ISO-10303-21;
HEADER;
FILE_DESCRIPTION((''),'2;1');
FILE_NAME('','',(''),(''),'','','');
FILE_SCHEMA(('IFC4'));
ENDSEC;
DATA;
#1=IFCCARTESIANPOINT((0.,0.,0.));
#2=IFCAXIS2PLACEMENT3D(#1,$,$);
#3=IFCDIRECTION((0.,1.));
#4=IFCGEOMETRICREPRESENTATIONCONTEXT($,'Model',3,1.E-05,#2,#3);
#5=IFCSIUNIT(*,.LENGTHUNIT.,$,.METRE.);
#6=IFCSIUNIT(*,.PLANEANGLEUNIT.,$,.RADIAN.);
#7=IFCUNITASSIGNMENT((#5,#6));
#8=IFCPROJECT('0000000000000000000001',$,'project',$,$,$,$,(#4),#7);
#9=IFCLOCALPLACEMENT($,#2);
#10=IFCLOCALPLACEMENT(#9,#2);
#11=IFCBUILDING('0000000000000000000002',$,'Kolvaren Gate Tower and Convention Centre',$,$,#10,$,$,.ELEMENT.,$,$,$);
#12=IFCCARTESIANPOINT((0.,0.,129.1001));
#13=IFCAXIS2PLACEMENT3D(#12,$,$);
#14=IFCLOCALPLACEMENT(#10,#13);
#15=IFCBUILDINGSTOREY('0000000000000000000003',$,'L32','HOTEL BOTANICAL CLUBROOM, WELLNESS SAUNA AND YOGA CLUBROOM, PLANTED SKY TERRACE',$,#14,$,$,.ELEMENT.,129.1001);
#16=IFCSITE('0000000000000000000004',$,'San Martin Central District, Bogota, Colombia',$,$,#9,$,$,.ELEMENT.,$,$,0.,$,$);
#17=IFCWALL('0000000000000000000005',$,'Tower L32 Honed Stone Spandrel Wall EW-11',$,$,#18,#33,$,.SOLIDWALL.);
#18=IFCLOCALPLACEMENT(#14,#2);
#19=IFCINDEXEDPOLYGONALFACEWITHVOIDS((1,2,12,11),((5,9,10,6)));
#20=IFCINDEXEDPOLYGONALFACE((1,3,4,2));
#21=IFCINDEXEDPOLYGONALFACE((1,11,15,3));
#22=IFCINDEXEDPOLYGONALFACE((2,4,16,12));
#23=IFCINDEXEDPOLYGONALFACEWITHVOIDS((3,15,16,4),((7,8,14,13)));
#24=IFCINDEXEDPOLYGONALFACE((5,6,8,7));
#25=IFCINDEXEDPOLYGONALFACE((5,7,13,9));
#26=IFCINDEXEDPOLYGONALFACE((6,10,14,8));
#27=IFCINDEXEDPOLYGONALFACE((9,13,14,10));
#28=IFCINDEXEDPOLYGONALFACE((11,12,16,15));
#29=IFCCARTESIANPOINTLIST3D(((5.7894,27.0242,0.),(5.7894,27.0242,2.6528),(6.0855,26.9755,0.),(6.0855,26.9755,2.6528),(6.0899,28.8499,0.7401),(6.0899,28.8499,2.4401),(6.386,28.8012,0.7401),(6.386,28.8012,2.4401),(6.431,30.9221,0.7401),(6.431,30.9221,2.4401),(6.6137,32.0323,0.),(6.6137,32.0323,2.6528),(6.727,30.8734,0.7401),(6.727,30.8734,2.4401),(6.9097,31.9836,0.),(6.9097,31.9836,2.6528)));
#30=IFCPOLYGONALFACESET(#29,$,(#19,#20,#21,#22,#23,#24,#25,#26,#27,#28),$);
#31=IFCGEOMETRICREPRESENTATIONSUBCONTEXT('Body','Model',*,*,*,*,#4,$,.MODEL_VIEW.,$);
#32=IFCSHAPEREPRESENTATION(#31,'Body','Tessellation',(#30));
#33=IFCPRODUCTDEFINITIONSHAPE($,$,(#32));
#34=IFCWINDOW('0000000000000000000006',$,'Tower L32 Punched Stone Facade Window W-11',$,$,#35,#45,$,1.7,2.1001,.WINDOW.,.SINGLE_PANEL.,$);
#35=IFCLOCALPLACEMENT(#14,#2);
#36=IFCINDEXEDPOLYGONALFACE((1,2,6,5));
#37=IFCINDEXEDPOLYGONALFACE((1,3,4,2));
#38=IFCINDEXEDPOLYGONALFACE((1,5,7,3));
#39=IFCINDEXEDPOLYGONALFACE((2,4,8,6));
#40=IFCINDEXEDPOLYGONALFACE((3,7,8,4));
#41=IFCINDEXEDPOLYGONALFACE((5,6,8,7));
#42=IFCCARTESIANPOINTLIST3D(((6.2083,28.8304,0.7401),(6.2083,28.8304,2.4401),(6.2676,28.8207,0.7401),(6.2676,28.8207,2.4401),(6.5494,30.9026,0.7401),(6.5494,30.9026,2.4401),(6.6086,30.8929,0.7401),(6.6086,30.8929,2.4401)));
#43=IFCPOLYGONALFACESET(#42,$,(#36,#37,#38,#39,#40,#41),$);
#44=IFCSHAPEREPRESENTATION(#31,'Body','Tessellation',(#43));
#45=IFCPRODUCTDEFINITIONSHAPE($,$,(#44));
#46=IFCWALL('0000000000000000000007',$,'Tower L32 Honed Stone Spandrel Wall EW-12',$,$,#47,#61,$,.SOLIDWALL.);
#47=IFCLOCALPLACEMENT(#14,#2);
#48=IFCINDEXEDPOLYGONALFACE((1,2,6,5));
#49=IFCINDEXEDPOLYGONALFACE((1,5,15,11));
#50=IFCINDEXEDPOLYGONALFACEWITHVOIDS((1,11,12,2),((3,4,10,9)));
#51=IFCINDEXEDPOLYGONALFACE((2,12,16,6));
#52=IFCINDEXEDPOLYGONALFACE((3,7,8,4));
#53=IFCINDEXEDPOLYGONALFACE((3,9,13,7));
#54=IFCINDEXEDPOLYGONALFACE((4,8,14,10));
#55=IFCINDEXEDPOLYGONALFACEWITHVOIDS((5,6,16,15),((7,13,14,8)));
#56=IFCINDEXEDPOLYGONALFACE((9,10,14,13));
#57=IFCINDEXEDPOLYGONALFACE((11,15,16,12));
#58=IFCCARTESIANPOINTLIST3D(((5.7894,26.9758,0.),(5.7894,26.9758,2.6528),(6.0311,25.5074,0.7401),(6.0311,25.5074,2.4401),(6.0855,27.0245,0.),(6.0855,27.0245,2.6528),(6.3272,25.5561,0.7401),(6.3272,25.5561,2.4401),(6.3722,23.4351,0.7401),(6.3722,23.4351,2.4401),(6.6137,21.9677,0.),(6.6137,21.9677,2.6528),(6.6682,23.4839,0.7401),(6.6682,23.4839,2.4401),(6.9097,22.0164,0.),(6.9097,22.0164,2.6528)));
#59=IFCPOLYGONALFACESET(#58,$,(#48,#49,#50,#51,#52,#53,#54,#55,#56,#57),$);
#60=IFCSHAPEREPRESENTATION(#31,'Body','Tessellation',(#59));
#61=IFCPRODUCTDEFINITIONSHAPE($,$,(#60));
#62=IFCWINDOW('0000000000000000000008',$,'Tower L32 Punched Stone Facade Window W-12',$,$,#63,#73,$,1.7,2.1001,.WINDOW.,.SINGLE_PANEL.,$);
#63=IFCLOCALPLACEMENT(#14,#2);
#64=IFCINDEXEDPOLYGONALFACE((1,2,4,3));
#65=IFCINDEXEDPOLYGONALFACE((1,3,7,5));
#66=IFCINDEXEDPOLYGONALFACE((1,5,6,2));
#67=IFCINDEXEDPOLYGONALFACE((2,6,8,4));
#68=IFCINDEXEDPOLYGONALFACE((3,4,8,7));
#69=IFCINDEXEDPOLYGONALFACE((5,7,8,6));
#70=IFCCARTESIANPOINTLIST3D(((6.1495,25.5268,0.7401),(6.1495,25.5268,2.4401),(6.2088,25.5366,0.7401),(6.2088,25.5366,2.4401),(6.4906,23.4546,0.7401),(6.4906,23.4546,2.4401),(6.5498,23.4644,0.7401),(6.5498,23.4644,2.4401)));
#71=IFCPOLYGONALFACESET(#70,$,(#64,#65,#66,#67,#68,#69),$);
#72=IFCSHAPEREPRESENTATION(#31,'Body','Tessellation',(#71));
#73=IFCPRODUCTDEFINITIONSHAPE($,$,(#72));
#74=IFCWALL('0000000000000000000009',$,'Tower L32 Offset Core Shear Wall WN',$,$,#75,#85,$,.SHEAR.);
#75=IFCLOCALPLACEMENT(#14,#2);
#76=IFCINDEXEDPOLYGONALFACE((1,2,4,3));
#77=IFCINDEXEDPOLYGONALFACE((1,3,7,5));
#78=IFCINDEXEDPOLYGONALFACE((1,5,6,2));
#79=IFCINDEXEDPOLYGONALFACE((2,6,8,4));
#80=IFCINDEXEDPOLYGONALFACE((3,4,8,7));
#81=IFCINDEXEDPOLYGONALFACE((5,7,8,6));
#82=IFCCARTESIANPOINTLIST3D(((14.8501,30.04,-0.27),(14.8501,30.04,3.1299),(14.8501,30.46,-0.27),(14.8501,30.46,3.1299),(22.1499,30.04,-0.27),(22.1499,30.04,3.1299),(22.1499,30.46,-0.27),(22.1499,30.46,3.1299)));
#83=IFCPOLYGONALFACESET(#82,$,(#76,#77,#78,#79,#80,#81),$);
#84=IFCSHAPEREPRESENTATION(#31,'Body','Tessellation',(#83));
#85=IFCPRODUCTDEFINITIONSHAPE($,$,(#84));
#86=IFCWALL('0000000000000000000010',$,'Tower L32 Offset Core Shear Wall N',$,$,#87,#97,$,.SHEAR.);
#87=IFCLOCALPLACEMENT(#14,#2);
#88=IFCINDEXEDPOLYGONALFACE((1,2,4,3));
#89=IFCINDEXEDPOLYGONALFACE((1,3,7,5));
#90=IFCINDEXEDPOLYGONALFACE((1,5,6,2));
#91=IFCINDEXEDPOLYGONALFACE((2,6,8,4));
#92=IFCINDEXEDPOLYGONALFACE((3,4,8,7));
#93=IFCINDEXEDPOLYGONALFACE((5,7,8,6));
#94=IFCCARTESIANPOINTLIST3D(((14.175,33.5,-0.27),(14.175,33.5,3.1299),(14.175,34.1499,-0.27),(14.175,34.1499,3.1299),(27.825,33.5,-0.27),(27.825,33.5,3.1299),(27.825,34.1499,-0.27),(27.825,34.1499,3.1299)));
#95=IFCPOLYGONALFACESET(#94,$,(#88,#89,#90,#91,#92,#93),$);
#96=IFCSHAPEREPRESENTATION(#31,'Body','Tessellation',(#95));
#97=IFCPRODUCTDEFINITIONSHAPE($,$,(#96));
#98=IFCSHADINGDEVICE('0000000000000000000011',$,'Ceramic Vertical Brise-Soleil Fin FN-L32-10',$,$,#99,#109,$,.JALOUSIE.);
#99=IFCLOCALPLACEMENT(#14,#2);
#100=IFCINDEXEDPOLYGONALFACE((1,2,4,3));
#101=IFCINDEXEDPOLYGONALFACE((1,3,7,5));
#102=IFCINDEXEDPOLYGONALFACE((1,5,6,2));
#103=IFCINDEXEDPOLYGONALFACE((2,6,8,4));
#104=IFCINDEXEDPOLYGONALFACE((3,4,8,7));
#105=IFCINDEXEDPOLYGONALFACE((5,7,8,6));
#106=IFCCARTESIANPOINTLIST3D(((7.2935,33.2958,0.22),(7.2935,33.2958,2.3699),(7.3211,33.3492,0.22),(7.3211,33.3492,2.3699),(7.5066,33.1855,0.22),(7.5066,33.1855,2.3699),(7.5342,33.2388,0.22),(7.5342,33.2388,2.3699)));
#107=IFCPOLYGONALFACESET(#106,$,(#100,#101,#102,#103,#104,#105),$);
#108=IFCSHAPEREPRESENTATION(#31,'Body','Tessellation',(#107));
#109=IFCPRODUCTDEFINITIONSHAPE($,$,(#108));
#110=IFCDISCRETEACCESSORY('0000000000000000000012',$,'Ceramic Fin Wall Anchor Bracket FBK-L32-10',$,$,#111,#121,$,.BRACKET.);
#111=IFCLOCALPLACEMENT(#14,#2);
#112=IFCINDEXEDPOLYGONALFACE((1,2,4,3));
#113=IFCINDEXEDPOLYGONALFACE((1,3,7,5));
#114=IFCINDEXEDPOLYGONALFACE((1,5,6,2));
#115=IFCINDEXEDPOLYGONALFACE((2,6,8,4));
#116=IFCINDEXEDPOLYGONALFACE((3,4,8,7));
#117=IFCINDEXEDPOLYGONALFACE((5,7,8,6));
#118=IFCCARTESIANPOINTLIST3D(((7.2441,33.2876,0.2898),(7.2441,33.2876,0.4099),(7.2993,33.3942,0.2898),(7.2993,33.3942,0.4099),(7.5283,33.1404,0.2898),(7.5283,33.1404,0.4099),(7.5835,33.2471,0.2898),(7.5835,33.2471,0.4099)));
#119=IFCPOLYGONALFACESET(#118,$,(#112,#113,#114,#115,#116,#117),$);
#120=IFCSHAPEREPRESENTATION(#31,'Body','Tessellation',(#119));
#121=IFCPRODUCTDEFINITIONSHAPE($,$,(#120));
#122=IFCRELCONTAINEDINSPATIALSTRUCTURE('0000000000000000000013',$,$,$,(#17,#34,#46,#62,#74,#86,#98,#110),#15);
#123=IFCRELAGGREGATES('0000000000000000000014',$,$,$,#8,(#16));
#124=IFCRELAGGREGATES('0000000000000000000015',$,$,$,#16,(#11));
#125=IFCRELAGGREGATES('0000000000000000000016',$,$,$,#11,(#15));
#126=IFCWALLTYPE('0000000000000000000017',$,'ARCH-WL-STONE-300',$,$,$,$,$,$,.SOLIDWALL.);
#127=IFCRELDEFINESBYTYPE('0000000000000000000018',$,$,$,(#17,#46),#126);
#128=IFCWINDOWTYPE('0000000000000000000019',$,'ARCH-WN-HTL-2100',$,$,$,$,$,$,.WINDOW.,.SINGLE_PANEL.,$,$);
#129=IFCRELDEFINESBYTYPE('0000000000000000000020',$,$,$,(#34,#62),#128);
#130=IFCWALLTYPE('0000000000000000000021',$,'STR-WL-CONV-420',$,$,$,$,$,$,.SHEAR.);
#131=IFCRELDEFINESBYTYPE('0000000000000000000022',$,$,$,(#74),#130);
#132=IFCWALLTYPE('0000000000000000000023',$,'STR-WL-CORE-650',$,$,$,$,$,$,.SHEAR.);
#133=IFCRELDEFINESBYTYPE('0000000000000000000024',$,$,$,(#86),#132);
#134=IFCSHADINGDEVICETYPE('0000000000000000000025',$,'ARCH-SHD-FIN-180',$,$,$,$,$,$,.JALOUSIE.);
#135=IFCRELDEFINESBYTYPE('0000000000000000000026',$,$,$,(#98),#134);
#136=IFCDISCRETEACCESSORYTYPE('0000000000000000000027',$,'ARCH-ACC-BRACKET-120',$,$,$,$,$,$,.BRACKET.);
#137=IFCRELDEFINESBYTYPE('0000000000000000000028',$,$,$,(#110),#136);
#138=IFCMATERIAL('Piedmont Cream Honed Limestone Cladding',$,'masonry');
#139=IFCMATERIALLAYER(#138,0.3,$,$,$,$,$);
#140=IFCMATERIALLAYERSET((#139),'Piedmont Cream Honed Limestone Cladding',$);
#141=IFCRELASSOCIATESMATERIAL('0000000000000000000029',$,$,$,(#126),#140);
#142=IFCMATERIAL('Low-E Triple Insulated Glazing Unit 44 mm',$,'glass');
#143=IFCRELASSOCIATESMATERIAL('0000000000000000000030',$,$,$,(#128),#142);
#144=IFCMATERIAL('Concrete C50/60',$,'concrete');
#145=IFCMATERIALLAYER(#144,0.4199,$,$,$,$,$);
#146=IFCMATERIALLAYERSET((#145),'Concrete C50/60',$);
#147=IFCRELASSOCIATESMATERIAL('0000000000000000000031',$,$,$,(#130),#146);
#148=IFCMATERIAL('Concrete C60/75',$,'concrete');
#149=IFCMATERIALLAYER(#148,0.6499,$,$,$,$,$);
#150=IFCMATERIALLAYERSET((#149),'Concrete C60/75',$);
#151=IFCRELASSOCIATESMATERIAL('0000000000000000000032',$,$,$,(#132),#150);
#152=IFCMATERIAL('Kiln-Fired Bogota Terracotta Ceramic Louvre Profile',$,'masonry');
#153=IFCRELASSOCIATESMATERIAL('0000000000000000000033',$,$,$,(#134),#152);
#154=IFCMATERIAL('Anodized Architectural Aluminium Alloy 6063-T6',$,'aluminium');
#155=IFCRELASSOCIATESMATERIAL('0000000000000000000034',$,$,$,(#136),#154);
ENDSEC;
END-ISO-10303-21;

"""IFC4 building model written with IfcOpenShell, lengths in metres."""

from ifc_helpers import new_model, si_unit, direction, frame, frame_2d, origin, origin_2d, place, context, subcontext, project, spatial, rectangle, extrude, material, layer, layer_set, type_object, element, fill, save


model = new_model("IFC4")

# Units and contexts
model_context = context("Model", 3, precision=1e-05, world=origin(), true_north=direction((0.0, 1.0)))
body_context = subcontext(model_context, "Body", "Model", "MODEL_VIEW")
ifc_project = project(units=[si_unit("LENGTHUNIT", "METRE"), si_unit("PLANEANGLEUNIT", "RADIAN")], contexts=[model_context])

# Site, building, storey
site_placement = place(None, origin())
site = spatial("IfcSite", under=ifc_project, at=site_placement, Name="San Martin Central District, Bogota, Colombia", CompositionType="ELEMENT", RefElevation=0.0)
building_placement = place(site_placement, origin())
building = spatial("IfcBuilding", under=site, at=building_placement, Name="Kolvaren Gate Tower and Convention Centre", CompositionType="ELEMENT")
storey_placement = place(building_placement, frame((0.0, 0.0, 129.1001)))
storey = spatial("IfcBuildingStorey", under=building, at=storey_placement, Name="L32", Description="HOTEL BOTANICAL CLUBROOM, WELLNESS SAUNA AND YOGA CLUBROOM, PLANTED SKY TERRACE", CompositionType="ELEMENT", Elevation=129.1001)

# Shared definitions
ifc_material_1 = material(Name="Concrete C60/75", Category="concrete")

# Shared definitions
ifc_material_2 = material(Name="Piedmont Cream Honed Limestone Cladding", Category="masonry")

# Shared definitions
ifc_layer_1 = layer(ifc_material_2, 0.3)
ifc_layer_set_1 = layer_set([ifc_layer_1], Name="Piedmont Cream Honed Limestone Cladding")
wall_type_1 = type_object("IfcWallType", Name="ARCH-WL-STONE-300", PredefinedType="SOLIDWALL", material=ifc_layer_set_1)
ifc_material_3 = material(Name="Low-E Triple Insulated Glazing Unit 44 mm", Category="glass")
window_type = type_object("IfcWindowType", Name="ARCH-WN-HTL-2100", PartitioningType="SINGLE_PANEL", PredefinedType="WINDOW", material=ifc_material_3)

# Shared definitions
ifc_material_4 = material(Name="Anodized Architectural Aluminium Alloy 6063-T6", Category="aluminium")

# Walls, openings, windows
wall_1_placement = place(storey_placement, frame((5.9375, 27.0, 0.0), z_axis=(0.0, 0.0, 1.0), x_axis=(0.162394, 0.986726, 0.0)))
wall_1 = element("IfcWall", 1, at=wall_1_placement, inside=storey, type_object=wall_type_1, Name="Tower L32 Honed Stone Spandrel Wall EW-11", PredefinedType="SOLIDWALL", context=body_context, shape_type="SweptSolid", body=[
    extrude(rectangle(XDim=5.0754, YDim=0.3, at=frame_2d((2.5376, 0.0))), origin(), (0.0, 0.0, 1.0), 2.6528),
])
opening_1_placement = place(wall_1_placement, frame((1.8501, 0.0, 0.74)))
opening_1 = element("IfcOpeningElement", 2, at=opening_1_placement, cuts=wall_1, PredefinedType="OPENING", context=body_context, shape_type="SweptSolid", body=[
    extrude(rectangle(XDim=2.1001, YDim=1.7, at=frame_2d((1.05, 0.8501))), frame((0.0, 0.1599, 0.0), z_axis=(0.0, -1.0, 0.0), x_axis=(1.0, 0.0, 0.0)), (0.0, 0.0, 1.0), 0.3201),
])
window_1_placement = place(opening_1_placement, origin())
window_1 = element("IfcWindow", 3, at=window_1_placement, inside=storey, type_object=window_type, Name="Tower L32 Punched Stone Facade Window W-11", OverallHeight=1.7, OverallWidth=2.1001, PartitioningType="SINGLE_PANEL", PredefinedType="WINDOW", context=body_context, shape_type="SweptSolid", body=[
    extrude(rectangle(XDim=2.1001, YDim=1.7, at=frame_2d((1.05, 0.8501))), frame((0.0, 0.03, 0.0), z_axis=(0.0, -1.0, 0.0), x_axis=(1.0, 0.0, 0.0)), (0.0, 0.0, 1.0), 0.0601),
])
fill(opening_1, window_1)
wall_2_placement = place(storey_placement, frame((5.9375, 27.0, 0.0), z_axis=(0.0, 0.0, 1.0), x_axis=(0.162394, -0.986726, 0.0)))
wall_2 = element("IfcWall", 4, at=wall_2_placement, inside=storey, type_object=wall_type_1, Name="Tower L32 Honed Stone Spandrel Wall EW-12", PredefinedType="SOLIDWALL", context=body_context, shape_type="SweptSolid", body=[
    extrude(rectangle(XDim=5.0754, YDim=0.3, at=frame_2d((2.5376, 0.0))), origin(), (0.0, 0.0, 1.0), 2.6528),
])
opening_2_placement = place(wall_2_placement, frame((1.488, 0.0, 0.74)))
opening_2 = element("IfcOpeningElement", 5, at=opening_2_placement, cuts=wall_2, PredefinedType="OPENING", context=body_context, shape_type="SweptSolid", body=[
    extrude(rectangle(XDim=2.1001, YDim=1.7, at=frame_2d((1.05, 0.8501))), frame((0.0, 0.1599, 0.0), z_axis=(0.0, -1.0, 0.0), x_axis=(1.0, 0.0, 0.0)), (0.0, 0.0, 1.0), 0.3201),
])
window_2_placement = place(opening_2_placement, origin())
window_2 = element("IfcWindow", 6, at=window_2_placement, inside=storey, type_object=window_type, Name="Tower L32 Punched Stone Facade Window W-12", OverallHeight=1.7, OverallWidth=2.1001, PartitioningType="SINGLE_PANEL", PredefinedType="WINDOW", context=body_context, shape_type="SweptSolid", body=[
    extrude(rectangle(XDim=2.1001, YDim=1.7, at=frame_2d((1.05, 0.8501))), frame((0.0, 0.03, 0.0), z_axis=(0.0, -1.0, 0.0), x_axis=(1.0, 0.0, 0.0)), (0.0, 0.0, 1.0), 0.0601),
])
fill(opening_2, window_2)

# Walls
ifc_material_5 = material(Name="Concrete C50/60", Category="concrete")
ifc_layer_2 = layer(ifc_material_5, 0.4199)
ifc_layer_set_2 = layer_set([ifc_layer_2], Name="Concrete C50/60")
wall_type_2 = type_object("IfcWallType", Name="STR-WL-CONV-420", PredefinedType="SHEAR", material=ifc_layer_set_2)
wall_3_placement = place(storey_placement, frame((14.8501, 30.25, -0.27), z_axis=(0.0, 0.0, 1.0), x_axis=(1.0, 0.0, 0.0)))
element("IfcWall", 7, at=wall_3_placement, inside=storey, type_object=wall_type_2, Name="Tower L32 Offset Core Shear Wall WN", PredefinedType="SHEAR", context=body_context, shape_type="SweptSolid", body=[
    extrude(rectangle(XDim=7.2998, YDim=0.4199, at=frame_2d((3.6499, 0.0))), origin(), (0.0, 0.0, 1.0), 3.3999),
])
ifc_layer_3 = layer(ifc_material_1, 0.6499)
ifc_layer_set_3 = layer_set([ifc_layer_3], Name="Concrete C60/75")
wall_type_3 = type_object("IfcWallType", Name="STR-WL-CORE-650", PredefinedType="SHEAR", material=ifc_layer_set_3)
wall_4_placement = place(storey_placement, frame((14.175, 33.825, -0.27), z_axis=(0.0, 0.0, 1.0), x_axis=(1.0, 0.0, 0.0)))
element("IfcWall", 8, at=wall_4_placement, inside=storey, type_object=wall_type_3, Name="Tower L32 Offset Core Shear Wall N", PredefinedType="SHEAR", context=body_context, shape_type="SweptSolid", body=[
    extrude(rectangle(XDim=13.6499, YDim=0.6499, at=frame_2d((6.825, 0.0))), origin(), (0.0, 0.0, 1.0), 3.3999),
])

# Shading device
ifc_material_6 = material(Name="Kiln-Fired Bogota Terracotta Ceramic Louvre Profile", Category="masonry")
shading_device_type = type_object("IfcShadingDeviceType", Name="ARCH-SHD-FIN-180", PredefinedType="JALOUSIE", material=ifc_material_6)
shading_device_placement = place(storey_placement, frame((7.4138, 33.2673, 0.22), z_axis=(0.0, 0.0, 1.0), x_axis=(0.459781, 0.888032, 0.0)))
element("IfcShadingDevice", 9, at=shading_device_placement, inside=storey, type_object=shading_device_type, Name="Ceramic Vertical Brise-Soleil Fin FN-L32-10", PredefinedType="JALOUSIE", context=body_context, shape_type="SweptSolid", body=[
    extrude(rectangle(XDim=0.0601, YDim=0.24, at=origin_2d()), origin(), (0.0, 0.0, 1.0), 2.1499),
])

# Discrete accessory
discrete_accessory_type = type_object("IfcDiscreteAccessoryType", Name="ARCH-ACC-BRACKET-120", PredefinedType="BRACKET", material=ifc_material_4)
discrete_accessory_placement = place(storey_placement, frame((7.4138, 33.2673, 0.2898), z_axis=(0.0, 0.0, 1.0), x_axis=(0.459781, 0.888032, 0.0)))
element("IfcDiscreteAccessory", 10, at=discrete_accessory_placement, inside=storey, type_object=discrete_accessory_type, Name="Ceramic Fin Wall Anchor Bracket FBK-L32-10", PredefinedType="BRACKET", context=body_context, shape_type="SweptSolid", body=[
    extrude(rectangle(XDim=0.1201, YDim=0.3201, at=origin_2d()), origin(), (0.0, 0.0, 1.0), 0.1201),
])

save(model, "model.ifc")
